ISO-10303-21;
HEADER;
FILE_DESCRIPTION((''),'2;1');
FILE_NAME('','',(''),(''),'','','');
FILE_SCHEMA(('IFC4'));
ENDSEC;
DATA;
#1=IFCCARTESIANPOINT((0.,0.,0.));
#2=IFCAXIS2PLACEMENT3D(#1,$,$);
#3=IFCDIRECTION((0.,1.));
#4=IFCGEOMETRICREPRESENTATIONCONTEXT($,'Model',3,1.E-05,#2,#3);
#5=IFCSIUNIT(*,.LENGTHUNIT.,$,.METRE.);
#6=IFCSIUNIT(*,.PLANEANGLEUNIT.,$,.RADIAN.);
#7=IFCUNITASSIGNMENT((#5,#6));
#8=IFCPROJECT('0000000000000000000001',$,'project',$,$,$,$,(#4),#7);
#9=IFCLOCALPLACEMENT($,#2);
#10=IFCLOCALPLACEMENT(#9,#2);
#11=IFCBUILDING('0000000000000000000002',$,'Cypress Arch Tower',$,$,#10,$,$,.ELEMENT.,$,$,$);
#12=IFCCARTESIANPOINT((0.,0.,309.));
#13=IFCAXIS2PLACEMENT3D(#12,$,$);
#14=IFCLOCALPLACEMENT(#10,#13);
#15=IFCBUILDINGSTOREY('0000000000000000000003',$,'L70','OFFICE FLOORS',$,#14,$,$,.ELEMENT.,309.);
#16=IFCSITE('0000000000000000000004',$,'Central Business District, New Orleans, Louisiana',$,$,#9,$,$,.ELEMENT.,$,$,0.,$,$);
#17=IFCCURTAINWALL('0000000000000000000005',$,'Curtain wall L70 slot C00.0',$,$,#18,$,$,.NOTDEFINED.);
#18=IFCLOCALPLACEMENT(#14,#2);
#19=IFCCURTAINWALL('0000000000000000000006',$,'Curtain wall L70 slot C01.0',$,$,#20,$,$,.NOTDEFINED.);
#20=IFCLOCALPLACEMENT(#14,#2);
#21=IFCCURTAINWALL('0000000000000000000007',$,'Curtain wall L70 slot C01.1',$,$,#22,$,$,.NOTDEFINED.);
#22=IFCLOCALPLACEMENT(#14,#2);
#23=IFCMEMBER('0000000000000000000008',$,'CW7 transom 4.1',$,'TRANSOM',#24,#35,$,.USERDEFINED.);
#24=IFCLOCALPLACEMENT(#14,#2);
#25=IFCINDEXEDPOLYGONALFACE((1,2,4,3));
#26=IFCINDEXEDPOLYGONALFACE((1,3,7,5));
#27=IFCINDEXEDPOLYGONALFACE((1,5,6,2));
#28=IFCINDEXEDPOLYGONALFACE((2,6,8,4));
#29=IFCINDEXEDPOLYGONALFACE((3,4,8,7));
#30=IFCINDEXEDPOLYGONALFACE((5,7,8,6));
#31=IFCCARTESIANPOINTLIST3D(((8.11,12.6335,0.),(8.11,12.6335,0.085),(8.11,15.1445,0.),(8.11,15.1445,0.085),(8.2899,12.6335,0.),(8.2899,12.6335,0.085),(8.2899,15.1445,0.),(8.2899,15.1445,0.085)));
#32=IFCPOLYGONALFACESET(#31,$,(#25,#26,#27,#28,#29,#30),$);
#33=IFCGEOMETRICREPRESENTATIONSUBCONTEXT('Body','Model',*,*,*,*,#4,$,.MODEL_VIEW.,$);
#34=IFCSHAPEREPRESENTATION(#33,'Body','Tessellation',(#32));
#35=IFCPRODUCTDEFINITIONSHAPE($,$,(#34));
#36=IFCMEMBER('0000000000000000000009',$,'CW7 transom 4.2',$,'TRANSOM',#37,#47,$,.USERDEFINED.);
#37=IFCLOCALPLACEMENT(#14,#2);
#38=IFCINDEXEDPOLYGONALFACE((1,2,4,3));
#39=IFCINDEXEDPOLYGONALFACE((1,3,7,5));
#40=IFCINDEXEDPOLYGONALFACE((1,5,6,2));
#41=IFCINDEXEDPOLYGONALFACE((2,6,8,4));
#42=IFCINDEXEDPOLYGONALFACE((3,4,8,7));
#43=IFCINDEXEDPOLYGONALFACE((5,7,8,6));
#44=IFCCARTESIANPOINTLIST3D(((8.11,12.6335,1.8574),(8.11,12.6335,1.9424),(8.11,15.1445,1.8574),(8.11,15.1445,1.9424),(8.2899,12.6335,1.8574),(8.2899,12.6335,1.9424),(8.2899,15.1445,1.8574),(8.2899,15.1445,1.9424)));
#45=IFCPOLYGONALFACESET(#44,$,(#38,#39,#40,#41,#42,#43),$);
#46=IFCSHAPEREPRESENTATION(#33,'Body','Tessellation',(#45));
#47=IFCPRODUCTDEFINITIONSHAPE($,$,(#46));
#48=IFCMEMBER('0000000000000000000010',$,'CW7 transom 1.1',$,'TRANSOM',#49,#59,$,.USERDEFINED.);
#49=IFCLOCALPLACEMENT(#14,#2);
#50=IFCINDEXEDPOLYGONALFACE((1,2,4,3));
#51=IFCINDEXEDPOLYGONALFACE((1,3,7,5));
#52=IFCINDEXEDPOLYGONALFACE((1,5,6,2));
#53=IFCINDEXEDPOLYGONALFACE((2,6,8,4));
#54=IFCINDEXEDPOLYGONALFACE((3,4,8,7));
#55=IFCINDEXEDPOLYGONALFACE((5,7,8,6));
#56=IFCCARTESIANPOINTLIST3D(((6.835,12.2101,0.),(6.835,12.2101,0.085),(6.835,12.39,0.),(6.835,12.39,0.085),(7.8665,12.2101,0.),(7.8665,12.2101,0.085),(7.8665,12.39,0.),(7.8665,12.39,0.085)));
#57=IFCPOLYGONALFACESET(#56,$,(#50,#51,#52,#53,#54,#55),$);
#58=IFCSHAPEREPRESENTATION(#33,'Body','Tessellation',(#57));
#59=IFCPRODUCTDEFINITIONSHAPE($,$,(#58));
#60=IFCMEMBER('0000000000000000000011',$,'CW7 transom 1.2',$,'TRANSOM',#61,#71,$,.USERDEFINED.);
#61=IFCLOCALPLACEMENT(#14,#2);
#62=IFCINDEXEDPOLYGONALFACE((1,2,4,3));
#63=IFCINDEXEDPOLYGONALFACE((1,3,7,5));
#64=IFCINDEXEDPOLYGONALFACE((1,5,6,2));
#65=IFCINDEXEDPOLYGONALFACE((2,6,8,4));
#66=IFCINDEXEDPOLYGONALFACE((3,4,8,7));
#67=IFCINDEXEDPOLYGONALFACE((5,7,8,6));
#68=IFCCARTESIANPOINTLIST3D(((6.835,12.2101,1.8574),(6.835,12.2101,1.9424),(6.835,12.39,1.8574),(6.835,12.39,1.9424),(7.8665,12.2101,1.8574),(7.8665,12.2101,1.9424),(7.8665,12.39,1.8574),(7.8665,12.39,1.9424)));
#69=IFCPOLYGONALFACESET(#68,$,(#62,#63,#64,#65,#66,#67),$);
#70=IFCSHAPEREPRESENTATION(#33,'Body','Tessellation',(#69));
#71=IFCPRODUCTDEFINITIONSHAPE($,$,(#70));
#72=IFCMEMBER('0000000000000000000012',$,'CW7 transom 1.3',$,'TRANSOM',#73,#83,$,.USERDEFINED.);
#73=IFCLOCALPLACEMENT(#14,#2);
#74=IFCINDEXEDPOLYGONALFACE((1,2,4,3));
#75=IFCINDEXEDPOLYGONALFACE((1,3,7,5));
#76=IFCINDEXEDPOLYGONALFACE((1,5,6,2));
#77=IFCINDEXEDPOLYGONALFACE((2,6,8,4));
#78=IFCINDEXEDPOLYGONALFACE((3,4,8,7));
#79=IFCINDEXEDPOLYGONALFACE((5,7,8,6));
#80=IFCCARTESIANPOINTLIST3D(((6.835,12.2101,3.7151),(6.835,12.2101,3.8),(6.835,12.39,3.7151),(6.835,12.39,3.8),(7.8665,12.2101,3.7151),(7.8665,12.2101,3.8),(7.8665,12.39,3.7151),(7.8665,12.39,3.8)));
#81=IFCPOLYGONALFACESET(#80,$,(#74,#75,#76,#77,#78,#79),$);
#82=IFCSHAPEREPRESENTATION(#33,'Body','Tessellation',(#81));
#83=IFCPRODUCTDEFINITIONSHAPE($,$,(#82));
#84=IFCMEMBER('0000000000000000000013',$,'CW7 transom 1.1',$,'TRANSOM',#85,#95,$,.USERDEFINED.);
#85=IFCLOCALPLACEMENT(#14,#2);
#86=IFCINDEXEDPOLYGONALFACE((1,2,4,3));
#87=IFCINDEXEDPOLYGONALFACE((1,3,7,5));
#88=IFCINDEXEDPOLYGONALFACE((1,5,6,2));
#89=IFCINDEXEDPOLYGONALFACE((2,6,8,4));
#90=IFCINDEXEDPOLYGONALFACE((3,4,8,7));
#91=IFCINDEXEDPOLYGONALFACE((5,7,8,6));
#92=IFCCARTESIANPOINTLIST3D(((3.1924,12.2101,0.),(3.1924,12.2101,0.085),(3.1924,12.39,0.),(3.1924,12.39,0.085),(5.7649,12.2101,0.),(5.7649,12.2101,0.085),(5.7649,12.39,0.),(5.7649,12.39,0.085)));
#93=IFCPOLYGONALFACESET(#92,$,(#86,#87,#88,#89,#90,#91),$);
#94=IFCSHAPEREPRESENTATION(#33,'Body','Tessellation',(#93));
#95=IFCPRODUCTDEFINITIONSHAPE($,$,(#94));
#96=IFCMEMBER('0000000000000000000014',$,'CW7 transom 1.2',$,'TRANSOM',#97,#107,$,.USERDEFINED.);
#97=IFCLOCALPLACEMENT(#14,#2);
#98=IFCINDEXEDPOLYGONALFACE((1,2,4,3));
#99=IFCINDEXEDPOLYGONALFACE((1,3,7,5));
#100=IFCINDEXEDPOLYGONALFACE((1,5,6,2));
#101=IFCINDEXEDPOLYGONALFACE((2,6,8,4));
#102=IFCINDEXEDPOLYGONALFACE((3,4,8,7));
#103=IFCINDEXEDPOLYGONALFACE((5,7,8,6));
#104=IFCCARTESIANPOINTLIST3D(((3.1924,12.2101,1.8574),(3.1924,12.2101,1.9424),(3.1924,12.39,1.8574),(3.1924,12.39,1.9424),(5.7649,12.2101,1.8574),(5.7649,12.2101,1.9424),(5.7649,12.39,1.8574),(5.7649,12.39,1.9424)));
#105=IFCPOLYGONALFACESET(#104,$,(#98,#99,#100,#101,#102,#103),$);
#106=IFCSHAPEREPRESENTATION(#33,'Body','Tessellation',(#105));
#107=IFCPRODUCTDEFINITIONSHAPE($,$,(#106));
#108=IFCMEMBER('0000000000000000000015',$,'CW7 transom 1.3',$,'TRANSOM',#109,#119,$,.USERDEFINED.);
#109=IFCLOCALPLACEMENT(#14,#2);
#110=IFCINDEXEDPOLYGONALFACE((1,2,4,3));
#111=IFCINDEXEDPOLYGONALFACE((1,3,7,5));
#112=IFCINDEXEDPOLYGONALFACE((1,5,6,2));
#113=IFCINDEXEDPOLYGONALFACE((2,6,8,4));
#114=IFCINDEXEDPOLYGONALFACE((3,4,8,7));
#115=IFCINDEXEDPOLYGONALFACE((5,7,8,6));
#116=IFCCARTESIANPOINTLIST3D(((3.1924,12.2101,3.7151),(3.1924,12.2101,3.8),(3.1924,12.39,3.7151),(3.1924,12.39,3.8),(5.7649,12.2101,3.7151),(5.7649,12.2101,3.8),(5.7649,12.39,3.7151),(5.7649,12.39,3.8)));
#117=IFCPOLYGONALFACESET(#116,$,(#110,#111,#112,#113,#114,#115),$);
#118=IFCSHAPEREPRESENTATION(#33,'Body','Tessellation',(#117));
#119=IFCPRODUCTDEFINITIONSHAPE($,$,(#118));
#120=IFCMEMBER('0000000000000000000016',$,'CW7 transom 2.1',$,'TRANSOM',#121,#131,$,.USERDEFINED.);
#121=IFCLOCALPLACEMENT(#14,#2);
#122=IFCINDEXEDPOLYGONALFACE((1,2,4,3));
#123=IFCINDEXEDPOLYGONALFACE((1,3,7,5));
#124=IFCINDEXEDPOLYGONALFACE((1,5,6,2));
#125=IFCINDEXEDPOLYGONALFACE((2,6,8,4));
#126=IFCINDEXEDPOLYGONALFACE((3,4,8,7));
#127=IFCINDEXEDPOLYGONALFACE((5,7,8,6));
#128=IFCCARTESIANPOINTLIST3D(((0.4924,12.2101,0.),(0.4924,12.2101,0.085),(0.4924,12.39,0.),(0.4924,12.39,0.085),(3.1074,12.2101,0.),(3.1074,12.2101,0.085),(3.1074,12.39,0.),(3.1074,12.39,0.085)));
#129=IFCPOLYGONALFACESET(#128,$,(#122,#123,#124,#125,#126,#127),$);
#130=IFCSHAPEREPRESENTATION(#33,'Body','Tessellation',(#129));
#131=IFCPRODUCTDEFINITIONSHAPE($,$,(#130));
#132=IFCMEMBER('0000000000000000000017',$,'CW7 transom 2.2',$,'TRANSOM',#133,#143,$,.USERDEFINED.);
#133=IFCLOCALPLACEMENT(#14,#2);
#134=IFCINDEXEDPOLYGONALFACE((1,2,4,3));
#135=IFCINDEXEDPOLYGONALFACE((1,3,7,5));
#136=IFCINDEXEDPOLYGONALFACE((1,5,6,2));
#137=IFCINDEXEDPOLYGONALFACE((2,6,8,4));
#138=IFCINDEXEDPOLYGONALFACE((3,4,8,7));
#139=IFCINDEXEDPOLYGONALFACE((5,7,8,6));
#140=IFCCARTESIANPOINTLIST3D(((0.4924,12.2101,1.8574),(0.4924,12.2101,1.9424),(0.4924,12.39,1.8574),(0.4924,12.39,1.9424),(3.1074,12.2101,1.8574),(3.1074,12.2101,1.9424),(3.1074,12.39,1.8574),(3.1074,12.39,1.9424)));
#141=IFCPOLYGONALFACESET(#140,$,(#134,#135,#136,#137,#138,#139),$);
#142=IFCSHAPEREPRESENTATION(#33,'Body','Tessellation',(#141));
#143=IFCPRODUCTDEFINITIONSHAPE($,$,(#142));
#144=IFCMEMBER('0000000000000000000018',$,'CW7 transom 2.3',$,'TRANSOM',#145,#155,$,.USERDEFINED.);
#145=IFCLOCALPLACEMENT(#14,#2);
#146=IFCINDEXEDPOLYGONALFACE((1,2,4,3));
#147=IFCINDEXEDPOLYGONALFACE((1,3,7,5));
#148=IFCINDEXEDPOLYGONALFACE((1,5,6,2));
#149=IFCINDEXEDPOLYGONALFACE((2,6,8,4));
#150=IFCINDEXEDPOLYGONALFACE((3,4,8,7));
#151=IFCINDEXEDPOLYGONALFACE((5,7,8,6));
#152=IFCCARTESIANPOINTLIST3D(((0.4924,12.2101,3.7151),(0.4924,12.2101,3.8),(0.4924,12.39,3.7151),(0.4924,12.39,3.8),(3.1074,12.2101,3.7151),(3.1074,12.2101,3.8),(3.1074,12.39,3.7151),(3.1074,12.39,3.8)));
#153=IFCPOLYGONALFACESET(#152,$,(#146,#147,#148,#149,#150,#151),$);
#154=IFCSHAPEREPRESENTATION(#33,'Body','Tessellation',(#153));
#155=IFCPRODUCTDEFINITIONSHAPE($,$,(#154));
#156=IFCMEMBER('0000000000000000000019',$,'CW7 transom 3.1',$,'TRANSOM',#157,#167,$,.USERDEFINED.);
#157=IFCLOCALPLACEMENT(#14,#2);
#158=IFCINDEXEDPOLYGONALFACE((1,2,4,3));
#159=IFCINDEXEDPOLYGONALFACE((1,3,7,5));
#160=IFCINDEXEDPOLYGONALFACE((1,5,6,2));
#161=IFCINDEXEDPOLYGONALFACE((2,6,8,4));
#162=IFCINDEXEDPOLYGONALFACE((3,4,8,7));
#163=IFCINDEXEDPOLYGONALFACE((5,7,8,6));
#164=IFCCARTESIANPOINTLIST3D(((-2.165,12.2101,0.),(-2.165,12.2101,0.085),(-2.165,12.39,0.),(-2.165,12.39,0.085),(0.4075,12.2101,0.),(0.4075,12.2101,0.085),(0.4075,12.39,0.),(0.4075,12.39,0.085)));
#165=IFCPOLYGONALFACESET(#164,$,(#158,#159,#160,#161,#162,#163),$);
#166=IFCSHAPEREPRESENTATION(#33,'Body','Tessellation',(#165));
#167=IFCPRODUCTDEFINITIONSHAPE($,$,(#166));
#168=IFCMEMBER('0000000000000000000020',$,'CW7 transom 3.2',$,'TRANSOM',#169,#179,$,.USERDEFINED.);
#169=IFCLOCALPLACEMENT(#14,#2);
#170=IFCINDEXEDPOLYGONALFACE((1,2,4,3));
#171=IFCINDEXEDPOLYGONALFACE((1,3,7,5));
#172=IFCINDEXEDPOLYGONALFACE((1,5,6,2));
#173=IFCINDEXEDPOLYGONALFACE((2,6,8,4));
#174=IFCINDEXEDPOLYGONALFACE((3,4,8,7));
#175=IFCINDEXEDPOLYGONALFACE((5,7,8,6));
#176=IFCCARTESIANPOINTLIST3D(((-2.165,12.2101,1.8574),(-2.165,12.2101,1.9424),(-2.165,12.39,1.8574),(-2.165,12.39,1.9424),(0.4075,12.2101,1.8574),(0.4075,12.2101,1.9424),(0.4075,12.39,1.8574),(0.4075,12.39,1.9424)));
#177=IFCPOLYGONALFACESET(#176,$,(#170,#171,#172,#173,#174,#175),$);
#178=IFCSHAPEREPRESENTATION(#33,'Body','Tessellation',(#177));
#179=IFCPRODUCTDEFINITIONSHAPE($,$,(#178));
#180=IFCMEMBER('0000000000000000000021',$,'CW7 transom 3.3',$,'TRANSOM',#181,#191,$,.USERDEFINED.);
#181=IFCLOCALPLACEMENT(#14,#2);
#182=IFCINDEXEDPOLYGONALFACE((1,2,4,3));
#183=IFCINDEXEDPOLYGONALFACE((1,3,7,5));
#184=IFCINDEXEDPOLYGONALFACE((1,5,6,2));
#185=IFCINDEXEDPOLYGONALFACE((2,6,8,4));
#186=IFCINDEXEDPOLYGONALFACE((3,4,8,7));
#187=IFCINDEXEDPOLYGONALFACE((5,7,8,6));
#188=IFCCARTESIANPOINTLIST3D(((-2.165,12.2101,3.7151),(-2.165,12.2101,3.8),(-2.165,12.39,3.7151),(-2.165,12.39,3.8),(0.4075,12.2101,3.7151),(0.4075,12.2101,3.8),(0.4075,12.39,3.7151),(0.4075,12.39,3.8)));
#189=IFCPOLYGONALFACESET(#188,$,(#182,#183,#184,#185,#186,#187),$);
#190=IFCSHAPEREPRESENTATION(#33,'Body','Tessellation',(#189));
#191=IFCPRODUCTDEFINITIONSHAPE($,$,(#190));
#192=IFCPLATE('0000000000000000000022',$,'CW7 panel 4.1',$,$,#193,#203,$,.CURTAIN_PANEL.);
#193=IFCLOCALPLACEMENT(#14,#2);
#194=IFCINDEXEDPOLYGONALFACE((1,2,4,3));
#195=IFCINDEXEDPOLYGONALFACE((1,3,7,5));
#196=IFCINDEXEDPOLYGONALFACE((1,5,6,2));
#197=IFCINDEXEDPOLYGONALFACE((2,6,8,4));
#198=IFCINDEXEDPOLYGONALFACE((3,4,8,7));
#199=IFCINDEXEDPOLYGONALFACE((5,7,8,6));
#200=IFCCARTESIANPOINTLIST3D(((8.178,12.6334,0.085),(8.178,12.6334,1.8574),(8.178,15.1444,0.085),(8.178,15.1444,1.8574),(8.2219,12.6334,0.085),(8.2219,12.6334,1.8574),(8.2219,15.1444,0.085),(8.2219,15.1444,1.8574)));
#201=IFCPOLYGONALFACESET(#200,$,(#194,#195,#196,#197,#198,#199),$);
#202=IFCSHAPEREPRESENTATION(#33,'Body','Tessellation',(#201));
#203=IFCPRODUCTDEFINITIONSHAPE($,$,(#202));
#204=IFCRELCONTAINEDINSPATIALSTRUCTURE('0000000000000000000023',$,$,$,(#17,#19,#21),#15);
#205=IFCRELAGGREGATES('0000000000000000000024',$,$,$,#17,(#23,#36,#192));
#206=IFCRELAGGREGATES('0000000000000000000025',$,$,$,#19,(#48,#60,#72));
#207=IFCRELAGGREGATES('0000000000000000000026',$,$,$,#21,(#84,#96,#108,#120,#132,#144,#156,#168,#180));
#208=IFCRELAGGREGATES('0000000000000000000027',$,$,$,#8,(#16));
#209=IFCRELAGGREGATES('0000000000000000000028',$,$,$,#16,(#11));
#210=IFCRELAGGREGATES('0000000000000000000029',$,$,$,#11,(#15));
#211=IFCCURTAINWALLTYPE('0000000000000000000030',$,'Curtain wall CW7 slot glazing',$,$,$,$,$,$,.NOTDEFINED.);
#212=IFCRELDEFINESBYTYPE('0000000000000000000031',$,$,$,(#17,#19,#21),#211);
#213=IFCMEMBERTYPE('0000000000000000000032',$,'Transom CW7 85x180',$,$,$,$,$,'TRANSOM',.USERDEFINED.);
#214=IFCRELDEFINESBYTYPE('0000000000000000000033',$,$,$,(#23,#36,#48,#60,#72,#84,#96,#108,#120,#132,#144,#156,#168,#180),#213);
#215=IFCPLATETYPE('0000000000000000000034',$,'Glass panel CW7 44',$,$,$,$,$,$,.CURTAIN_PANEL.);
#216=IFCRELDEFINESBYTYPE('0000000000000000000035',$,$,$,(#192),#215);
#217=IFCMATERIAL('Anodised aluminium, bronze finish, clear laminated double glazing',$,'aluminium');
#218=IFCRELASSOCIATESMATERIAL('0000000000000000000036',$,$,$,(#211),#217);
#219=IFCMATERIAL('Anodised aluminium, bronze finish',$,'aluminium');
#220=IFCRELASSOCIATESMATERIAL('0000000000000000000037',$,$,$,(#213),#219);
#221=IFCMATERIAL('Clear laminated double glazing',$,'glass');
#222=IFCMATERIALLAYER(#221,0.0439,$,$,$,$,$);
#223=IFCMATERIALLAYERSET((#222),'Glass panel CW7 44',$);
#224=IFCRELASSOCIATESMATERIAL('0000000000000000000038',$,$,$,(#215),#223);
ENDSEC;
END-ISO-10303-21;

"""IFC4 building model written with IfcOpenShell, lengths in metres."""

from ifc_helpers import new_model, si_unit, direction, frame, origin, origin_2d, place, context, subcontext, project, spatial, rectangle, extrude, material, layer, layer_set, material_profile, profile_set, type_object, element, aggregate, save


model = new_model("IFC4")

# Units and contexts
model_context = context("Model", 3, precision=1e-05, world=origin(), true_north=direction((0.0, 1.0)))
body_context = subcontext(model_context, "Body", "Model", "MODEL_VIEW")
ifc_project = project(units=[si_unit("LENGTHUNIT", "METRE"), si_unit("PLANEANGLEUNIT", "RADIAN")], contexts=[model_context])

# Site, building, storey
site_placement = place(None, origin())
site = spatial("IfcSite", under=ifc_project, at=site_placement, Name="Central Business District, New Orleans, Louisiana", CompositionType="ELEMENT", RefElevation=0.0)
building_placement = place(site_placement, origin())
building = spatial("IfcBuilding", under=site, at=building_placement, Name="Cypress Arch Tower", CompositionType="ELEMENT")
storey_placement = place(building_placement, frame((0.0, 0.0, 309.0)))
storey = spatial("IfcBuildingStorey", under=building, at=storey_placement, Name="L70", Description="OFFICE FLOORS", CompositionType="ELEMENT", Elevation=309.0)

# Curtain wall
ifc_material_1 = material(Name="Anodised aluminium, bronze finish, clear laminated double glazing", Category="aluminium")
curtain_wall_type = type_object("IfcCurtainWallType", Name="Curtain wall CW7 slot glazing", PredefinedType="NOTDEFINED", material=ifc_material_1)
curtain_wall_1_placement = place(storey_placement, origin())
curtain_wall_1 = element("IfcCurtainWall", 1, at=curtain_wall_1_placement, inside=storey, type_object=curtain_wall_type, Name="Curtain wall L70 slot C00.0", PredefinedType="NOTDEFINED")

# Curtain walls
curtain_wall_2_placement = place(storey_placement, origin())
curtain_wall_2 = element("IfcCurtainWall", 2, at=curtain_wall_2_placement, inside=storey, type_object=curtain_wall_type, Name="Curtain wall L70 slot C01.0", PredefinedType="NOTDEFINED")
curtain_wall_3_placement = place(storey_placement, origin())
curtain_wall_3 = element("IfcCurtainWall", 3, at=curtain_wall_3_placement, inside=storey, type_object=curtain_wall_type, Name="Curtain wall L70 slot C01.1", PredefinedType="NOTDEFINED")

# Members
ifc_material_2 = material(Name="Anodised aluminium, bronze finish", Category="aluminium")
ifc_material_profile_1 = material_profile(ifc_material_2, rectangle(XDim=0.1799, YDim=0.085, at=origin_2d()), Name="Transom 85x180")
ifc_profile_set_1 = profile_set([ifc_material_profile_1], Name="Anodised aluminium, bronze finish")
member_type_1 = type_object("IfcMemberType", Name="Transom CW7 85x180", ElementType="TRANSOM", PredefinedType="USERDEFINED", material=ifc_profile_set_1)
member_1_placement = place(storey_placement, frame((8.2, 15.1445, 0.0425), z_axis=(0.0, -1.0, 0.0), x_axis=(1.0, 0.0, 0.0)))
member_1 = element("IfcMember", 4, at=member_1_placement, type_object=member_type_1, Name="CW7 transom 4.1", ObjectType="TRANSOM", PredefinedType="USERDEFINED", context=body_context, shape_type="SweptSolid", body=[
    extrude(rectangle(XDim=0.1799, YDim=0.085, at=origin_2d()), origin(), (0.0, 0.0, 1.0), 2.511),
])
member_2_placement = place(storey_placement, frame((8.2, 15.1445, 1.8999), z_axis=(0.0, -1.0, 0.0), x_axis=(1.0, 0.0, 0.0)))
member_2 = element("IfcMember", 5, at=member_2_placement, type_object=member_type_1, Name="CW7 transom 4.2", ObjectType="TRANSOM", PredefinedType="USERDEFINED", context=body_context, shape_type="SweptSolid", body=[
    extrude(rectangle(XDim=0.1799, YDim=0.085, at=origin_2d()), origin(), (0.0, 0.0, 1.0), 2.511),
])
member_3_placement = place(storey_placement, frame((7.8665, 12.3, 0.0425), z_axis=(-1.0, 0.0, 0.0), x_axis=(0.0, -1.0, 0.0)))
member_3 = element("IfcMember", 6, at=member_3_placement, type_object=member_type_1, Name="CW7 transom 1.1", ObjectType="TRANSOM", PredefinedType="USERDEFINED", context=body_context, shape_type="SweptSolid", body=[
    extrude(rectangle(XDim=0.1799, YDim=0.085, at=origin_2d()), origin(), (0.0, 0.0, 1.0), 1.0315),
])
member_4_placement = place(storey_placement, frame((7.8665, 12.3, 1.8999), z_axis=(-1.0, 0.0, 0.0), x_axis=(0.0, -1.0, 0.0)))
member_4 = element("IfcMember", 7, at=member_4_placement, type_object=member_type_1, Name="CW7 transom 1.2", ObjectType="TRANSOM", PredefinedType="USERDEFINED", context=body_context, shape_type="SweptSolid", body=[
    extrude(rectangle(XDim=0.1799, YDim=0.085, at=origin_2d()), origin(), (0.0, 0.0, 1.0), 1.0315),
])
member_5_placement = place(storey_placement, frame((7.8665, 12.3, 3.7576), z_axis=(-1.0, 0.0, 0.0), x_axis=(0.0, -1.0, 0.0)))
member_5 = element("IfcMember", 8, at=member_5_placement, type_object=member_type_1, Name="CW7 transom 1.3", ObjectType="TRANSOM", PredefinedType="USERDEFINED", context=body_context, shape_type="SweptSolid", body=[
    extrude(rectangle(XDim=0.1799, YDim=0.085, at=origin_2d()), origin(), (0.0, 0.0, 1.0), 1.0315),
])
member_6_placement = place(storey_placement, frame((5.7649, 12.3, 0.0425), z_axis=(-1.0, 0.0, 0.0), x_axis=(0.0, -1.0, 0.0)))
member_6 = element("IfcMember", 9, at=member_6_placement, type_object=member_type_1, Name="CW7 transom 1.1", ObjectType="TRANSOM", PredefinedType="USERDEFINED", context=body_context, shape_type="SweptSolid", body=[
    extrude(rectangle(XDim=0.1799, YDim=0.085, at=origin_2d()), origin(), (0.0, 0.0, 1.0), 2.5725),
])
member_7_placement = place(storey_placement, frame((5.7649, 12.3, 1.8999), z_axis=(-1.0, 0.0, 0.0), x_axis=(0.0, -1.0, 0.0)))
member_7 = element("IfcMember", 10, at=member_7_placement, type_object=member_type_1, Name="CW7 transom 1.2", ObjectType="TRANSOM", PredefinedType="USERDEFINED", context=body_context, shape_type="SweptSolid", body=[
    extrude(rectangle(XDim=0.1799, YDim=0.085, at=origin_2d()), origin(), (0.0, 0.0, 1.0), 2.5725),
])
member_8_placement = place(storey_placement, frame((5.7649, 12.3, 3.7576), z_axis=(-1.0, 0.0, 0.0), x_axis=(0.0, -1.0, 0.0)))
member_8 = element("IfcMember", 11, at=member_8_placement, type_object=member_type_1, Name="CW7 transom 1.3", ObjectType="TRANSOM", PredefinedType="USERDEFINED", context=body_context, shape_type="SweptSolid", body=[
    extrude(rectangle(XDim=0.1799, YDim=0.085, at=origin_2d()), origin(), (0.0, 0.0, 1.0), 2.5725),
])
member_9_placement = place(storey_placement, frame((3.1074, 12.3, 0.0425), z_axis=(-1.0, 0.0, 0.0), x_axis=(0.0, -1.0, 0.0)))
member_9 = element("IfcMember", 12, at=member_9_placement, type_object=member_type_1, Name="CW7 transom 2.1", ObjectType="TRANSOM", PredefinedType="USERDEFINED", context=body_context, shape_type="SweptSolid", body=[
    extrude(rectangle(XDim=0.1799, YDim=0.085, at=origin_2d()), origin(), (0.0, 0.0, 1.0), 2.615),
])
member_10_placement = place(storey_placement, frame((3.1074, 12.3, 1.8999), z_axis=(-1.0, 0.0, 0.0), x_axis=(0.0, -1.0, 0.0)))
member_10 = element("IfcMember", 13, at=member_10_placement, type_object=member_type_1, Name="CW7 transom 2.2", ObjectType="TRANSOM", PredefinedType="USERDEFINED", context=body_context, shape_type="SweptSolid", body=[
    extrude(rectangle(XDim=0.1799, YDim=0.085, at=origin_2d()), origin(), (0.0, 0.0, 1.0), 2.615),
])
member_11_placement = place(storey_placement, frame((3.1074, 12.3, 3.7576), z_axis=(-1.0, 0.0, 0.0), x_axis=(0.0, -1.0, 0.0)))
member_11 = element("IfcMember", 14, at=member_11_placement, type_object=member_type_1, Name="CW7 transom 2.3", ObjectType="TRANSOM", PredefinedType="USERDEFINED", context=body_context, shape_type="SweptSolid", body=[
    extrude(rectangle(XDim=0.1799, YDim=0.085, at=origin_2d()), origin(), (0.0, 0.0, 1.0), 2.615),
])
member_12_placement = place(storey_placement, frame((0.4075, 12.3, 0.0425), z_axis=(-1.0, 0.0, 0.0), x_axis=(0.0, -1.0, 0.0)))
member_12 = element("IfcMember", 15, at=member_12_placement, type_object=member_type_1, Name="CW7 transom 3.1", ObjectType="TRANSOM", PredefinedType="USERDEFINED", context=body_context, shape_type="SweptSolid", body=[
    extrude(rectangle(XDim=0.1799, YDim=0.085, at=origin_2d()), origin(), (0.0, 0.0, 1.0), 2.5725),
])
member_13_placement = place(storey_placement, frame((0.4075, 12.3, 1.8999), z_axis=(-1.0, 0.0, 0.0), x_axis=(0.0, -1.0, 0.0)))
member_13 = element("IfcMember", 16, at=member_13_placement, type_object=member_type_1, Name="CW7 transom 3.2", ObjectType="TRANSOM", PredefinedType="USERDEFINED", context=body_context, shape_type="SweptSolid", body=[
    extrude(rectangle(XDim=0.1799, YDim=0.085, at=origin_2d()), origin(), (0.0, 0.0, 1.0), 2.5725),
])
member_14_placement = place(storey_placement, frame((0.4075, 12.3, 3.7576), z_axis=(-1.0, 0.0, 0.0), x_axis=(0.0, -1.0, 0.0)))
member_14 = element("IfcMember", 17, at=member_14_placement, type_object=member_type_1, Name="CW7 transom 3.3", ObjectType="TRANSOM", PredefinedType="USERDEFINED", context=body_context, shape_type="SweptSolid", body=[
    extrude(rectangle(XDim=0.1799, YDim=0.085, at=origin_2d()), origin(), (0.0, 0.0, 1.0), 2.5725),
])

# Plate
ifc_material_3 = material(Name="Clear laminated double glazing", Category="glass")
ifc_layer_1 = layer(ifc_material_3, 0.0439)
ifc_layer_set_1 = layer_set([ifc_layer_1], Name="Glass panel CW7 44")
plate_type = type_object("IfcPlateType", Name="Glass panel CW7 44", PredefinedType="CURTAIN_PANEL", material=ifc_layer_set_1)
plate_1_placement = place(storey_placement, frame((8.2, 13.8889, 0.085), z_axis=(0.0, 0.0, 1.0), x_axis=(0.0, -1.0, 0.0)))
plate_1 = element("IfcPlate", 18, at=plate_1_placement, type_object=plate_type, Name="CW7 panel 4.1", PredefinedType="CURTAIN_PANEL", context=body_context, shape_type="SweptSolid", body=[
    extrude(rectangle(XDim=2.511, YDim=0.0439, at=origin_2d()), origin(), (0.0, 0.0, 1.0), 1.7725),
])
aggregate(curtain_wall_1, [member_1, member_2, plate_1])
aggregate(curtain_wall_2, [member_3, member_4, member_5])
aggregate(curtain_wall_3, [member_6, member_7, member_8, member_9, member_10, member_11, member_12, member_13, member_14])

save(model, "model.ifc")
